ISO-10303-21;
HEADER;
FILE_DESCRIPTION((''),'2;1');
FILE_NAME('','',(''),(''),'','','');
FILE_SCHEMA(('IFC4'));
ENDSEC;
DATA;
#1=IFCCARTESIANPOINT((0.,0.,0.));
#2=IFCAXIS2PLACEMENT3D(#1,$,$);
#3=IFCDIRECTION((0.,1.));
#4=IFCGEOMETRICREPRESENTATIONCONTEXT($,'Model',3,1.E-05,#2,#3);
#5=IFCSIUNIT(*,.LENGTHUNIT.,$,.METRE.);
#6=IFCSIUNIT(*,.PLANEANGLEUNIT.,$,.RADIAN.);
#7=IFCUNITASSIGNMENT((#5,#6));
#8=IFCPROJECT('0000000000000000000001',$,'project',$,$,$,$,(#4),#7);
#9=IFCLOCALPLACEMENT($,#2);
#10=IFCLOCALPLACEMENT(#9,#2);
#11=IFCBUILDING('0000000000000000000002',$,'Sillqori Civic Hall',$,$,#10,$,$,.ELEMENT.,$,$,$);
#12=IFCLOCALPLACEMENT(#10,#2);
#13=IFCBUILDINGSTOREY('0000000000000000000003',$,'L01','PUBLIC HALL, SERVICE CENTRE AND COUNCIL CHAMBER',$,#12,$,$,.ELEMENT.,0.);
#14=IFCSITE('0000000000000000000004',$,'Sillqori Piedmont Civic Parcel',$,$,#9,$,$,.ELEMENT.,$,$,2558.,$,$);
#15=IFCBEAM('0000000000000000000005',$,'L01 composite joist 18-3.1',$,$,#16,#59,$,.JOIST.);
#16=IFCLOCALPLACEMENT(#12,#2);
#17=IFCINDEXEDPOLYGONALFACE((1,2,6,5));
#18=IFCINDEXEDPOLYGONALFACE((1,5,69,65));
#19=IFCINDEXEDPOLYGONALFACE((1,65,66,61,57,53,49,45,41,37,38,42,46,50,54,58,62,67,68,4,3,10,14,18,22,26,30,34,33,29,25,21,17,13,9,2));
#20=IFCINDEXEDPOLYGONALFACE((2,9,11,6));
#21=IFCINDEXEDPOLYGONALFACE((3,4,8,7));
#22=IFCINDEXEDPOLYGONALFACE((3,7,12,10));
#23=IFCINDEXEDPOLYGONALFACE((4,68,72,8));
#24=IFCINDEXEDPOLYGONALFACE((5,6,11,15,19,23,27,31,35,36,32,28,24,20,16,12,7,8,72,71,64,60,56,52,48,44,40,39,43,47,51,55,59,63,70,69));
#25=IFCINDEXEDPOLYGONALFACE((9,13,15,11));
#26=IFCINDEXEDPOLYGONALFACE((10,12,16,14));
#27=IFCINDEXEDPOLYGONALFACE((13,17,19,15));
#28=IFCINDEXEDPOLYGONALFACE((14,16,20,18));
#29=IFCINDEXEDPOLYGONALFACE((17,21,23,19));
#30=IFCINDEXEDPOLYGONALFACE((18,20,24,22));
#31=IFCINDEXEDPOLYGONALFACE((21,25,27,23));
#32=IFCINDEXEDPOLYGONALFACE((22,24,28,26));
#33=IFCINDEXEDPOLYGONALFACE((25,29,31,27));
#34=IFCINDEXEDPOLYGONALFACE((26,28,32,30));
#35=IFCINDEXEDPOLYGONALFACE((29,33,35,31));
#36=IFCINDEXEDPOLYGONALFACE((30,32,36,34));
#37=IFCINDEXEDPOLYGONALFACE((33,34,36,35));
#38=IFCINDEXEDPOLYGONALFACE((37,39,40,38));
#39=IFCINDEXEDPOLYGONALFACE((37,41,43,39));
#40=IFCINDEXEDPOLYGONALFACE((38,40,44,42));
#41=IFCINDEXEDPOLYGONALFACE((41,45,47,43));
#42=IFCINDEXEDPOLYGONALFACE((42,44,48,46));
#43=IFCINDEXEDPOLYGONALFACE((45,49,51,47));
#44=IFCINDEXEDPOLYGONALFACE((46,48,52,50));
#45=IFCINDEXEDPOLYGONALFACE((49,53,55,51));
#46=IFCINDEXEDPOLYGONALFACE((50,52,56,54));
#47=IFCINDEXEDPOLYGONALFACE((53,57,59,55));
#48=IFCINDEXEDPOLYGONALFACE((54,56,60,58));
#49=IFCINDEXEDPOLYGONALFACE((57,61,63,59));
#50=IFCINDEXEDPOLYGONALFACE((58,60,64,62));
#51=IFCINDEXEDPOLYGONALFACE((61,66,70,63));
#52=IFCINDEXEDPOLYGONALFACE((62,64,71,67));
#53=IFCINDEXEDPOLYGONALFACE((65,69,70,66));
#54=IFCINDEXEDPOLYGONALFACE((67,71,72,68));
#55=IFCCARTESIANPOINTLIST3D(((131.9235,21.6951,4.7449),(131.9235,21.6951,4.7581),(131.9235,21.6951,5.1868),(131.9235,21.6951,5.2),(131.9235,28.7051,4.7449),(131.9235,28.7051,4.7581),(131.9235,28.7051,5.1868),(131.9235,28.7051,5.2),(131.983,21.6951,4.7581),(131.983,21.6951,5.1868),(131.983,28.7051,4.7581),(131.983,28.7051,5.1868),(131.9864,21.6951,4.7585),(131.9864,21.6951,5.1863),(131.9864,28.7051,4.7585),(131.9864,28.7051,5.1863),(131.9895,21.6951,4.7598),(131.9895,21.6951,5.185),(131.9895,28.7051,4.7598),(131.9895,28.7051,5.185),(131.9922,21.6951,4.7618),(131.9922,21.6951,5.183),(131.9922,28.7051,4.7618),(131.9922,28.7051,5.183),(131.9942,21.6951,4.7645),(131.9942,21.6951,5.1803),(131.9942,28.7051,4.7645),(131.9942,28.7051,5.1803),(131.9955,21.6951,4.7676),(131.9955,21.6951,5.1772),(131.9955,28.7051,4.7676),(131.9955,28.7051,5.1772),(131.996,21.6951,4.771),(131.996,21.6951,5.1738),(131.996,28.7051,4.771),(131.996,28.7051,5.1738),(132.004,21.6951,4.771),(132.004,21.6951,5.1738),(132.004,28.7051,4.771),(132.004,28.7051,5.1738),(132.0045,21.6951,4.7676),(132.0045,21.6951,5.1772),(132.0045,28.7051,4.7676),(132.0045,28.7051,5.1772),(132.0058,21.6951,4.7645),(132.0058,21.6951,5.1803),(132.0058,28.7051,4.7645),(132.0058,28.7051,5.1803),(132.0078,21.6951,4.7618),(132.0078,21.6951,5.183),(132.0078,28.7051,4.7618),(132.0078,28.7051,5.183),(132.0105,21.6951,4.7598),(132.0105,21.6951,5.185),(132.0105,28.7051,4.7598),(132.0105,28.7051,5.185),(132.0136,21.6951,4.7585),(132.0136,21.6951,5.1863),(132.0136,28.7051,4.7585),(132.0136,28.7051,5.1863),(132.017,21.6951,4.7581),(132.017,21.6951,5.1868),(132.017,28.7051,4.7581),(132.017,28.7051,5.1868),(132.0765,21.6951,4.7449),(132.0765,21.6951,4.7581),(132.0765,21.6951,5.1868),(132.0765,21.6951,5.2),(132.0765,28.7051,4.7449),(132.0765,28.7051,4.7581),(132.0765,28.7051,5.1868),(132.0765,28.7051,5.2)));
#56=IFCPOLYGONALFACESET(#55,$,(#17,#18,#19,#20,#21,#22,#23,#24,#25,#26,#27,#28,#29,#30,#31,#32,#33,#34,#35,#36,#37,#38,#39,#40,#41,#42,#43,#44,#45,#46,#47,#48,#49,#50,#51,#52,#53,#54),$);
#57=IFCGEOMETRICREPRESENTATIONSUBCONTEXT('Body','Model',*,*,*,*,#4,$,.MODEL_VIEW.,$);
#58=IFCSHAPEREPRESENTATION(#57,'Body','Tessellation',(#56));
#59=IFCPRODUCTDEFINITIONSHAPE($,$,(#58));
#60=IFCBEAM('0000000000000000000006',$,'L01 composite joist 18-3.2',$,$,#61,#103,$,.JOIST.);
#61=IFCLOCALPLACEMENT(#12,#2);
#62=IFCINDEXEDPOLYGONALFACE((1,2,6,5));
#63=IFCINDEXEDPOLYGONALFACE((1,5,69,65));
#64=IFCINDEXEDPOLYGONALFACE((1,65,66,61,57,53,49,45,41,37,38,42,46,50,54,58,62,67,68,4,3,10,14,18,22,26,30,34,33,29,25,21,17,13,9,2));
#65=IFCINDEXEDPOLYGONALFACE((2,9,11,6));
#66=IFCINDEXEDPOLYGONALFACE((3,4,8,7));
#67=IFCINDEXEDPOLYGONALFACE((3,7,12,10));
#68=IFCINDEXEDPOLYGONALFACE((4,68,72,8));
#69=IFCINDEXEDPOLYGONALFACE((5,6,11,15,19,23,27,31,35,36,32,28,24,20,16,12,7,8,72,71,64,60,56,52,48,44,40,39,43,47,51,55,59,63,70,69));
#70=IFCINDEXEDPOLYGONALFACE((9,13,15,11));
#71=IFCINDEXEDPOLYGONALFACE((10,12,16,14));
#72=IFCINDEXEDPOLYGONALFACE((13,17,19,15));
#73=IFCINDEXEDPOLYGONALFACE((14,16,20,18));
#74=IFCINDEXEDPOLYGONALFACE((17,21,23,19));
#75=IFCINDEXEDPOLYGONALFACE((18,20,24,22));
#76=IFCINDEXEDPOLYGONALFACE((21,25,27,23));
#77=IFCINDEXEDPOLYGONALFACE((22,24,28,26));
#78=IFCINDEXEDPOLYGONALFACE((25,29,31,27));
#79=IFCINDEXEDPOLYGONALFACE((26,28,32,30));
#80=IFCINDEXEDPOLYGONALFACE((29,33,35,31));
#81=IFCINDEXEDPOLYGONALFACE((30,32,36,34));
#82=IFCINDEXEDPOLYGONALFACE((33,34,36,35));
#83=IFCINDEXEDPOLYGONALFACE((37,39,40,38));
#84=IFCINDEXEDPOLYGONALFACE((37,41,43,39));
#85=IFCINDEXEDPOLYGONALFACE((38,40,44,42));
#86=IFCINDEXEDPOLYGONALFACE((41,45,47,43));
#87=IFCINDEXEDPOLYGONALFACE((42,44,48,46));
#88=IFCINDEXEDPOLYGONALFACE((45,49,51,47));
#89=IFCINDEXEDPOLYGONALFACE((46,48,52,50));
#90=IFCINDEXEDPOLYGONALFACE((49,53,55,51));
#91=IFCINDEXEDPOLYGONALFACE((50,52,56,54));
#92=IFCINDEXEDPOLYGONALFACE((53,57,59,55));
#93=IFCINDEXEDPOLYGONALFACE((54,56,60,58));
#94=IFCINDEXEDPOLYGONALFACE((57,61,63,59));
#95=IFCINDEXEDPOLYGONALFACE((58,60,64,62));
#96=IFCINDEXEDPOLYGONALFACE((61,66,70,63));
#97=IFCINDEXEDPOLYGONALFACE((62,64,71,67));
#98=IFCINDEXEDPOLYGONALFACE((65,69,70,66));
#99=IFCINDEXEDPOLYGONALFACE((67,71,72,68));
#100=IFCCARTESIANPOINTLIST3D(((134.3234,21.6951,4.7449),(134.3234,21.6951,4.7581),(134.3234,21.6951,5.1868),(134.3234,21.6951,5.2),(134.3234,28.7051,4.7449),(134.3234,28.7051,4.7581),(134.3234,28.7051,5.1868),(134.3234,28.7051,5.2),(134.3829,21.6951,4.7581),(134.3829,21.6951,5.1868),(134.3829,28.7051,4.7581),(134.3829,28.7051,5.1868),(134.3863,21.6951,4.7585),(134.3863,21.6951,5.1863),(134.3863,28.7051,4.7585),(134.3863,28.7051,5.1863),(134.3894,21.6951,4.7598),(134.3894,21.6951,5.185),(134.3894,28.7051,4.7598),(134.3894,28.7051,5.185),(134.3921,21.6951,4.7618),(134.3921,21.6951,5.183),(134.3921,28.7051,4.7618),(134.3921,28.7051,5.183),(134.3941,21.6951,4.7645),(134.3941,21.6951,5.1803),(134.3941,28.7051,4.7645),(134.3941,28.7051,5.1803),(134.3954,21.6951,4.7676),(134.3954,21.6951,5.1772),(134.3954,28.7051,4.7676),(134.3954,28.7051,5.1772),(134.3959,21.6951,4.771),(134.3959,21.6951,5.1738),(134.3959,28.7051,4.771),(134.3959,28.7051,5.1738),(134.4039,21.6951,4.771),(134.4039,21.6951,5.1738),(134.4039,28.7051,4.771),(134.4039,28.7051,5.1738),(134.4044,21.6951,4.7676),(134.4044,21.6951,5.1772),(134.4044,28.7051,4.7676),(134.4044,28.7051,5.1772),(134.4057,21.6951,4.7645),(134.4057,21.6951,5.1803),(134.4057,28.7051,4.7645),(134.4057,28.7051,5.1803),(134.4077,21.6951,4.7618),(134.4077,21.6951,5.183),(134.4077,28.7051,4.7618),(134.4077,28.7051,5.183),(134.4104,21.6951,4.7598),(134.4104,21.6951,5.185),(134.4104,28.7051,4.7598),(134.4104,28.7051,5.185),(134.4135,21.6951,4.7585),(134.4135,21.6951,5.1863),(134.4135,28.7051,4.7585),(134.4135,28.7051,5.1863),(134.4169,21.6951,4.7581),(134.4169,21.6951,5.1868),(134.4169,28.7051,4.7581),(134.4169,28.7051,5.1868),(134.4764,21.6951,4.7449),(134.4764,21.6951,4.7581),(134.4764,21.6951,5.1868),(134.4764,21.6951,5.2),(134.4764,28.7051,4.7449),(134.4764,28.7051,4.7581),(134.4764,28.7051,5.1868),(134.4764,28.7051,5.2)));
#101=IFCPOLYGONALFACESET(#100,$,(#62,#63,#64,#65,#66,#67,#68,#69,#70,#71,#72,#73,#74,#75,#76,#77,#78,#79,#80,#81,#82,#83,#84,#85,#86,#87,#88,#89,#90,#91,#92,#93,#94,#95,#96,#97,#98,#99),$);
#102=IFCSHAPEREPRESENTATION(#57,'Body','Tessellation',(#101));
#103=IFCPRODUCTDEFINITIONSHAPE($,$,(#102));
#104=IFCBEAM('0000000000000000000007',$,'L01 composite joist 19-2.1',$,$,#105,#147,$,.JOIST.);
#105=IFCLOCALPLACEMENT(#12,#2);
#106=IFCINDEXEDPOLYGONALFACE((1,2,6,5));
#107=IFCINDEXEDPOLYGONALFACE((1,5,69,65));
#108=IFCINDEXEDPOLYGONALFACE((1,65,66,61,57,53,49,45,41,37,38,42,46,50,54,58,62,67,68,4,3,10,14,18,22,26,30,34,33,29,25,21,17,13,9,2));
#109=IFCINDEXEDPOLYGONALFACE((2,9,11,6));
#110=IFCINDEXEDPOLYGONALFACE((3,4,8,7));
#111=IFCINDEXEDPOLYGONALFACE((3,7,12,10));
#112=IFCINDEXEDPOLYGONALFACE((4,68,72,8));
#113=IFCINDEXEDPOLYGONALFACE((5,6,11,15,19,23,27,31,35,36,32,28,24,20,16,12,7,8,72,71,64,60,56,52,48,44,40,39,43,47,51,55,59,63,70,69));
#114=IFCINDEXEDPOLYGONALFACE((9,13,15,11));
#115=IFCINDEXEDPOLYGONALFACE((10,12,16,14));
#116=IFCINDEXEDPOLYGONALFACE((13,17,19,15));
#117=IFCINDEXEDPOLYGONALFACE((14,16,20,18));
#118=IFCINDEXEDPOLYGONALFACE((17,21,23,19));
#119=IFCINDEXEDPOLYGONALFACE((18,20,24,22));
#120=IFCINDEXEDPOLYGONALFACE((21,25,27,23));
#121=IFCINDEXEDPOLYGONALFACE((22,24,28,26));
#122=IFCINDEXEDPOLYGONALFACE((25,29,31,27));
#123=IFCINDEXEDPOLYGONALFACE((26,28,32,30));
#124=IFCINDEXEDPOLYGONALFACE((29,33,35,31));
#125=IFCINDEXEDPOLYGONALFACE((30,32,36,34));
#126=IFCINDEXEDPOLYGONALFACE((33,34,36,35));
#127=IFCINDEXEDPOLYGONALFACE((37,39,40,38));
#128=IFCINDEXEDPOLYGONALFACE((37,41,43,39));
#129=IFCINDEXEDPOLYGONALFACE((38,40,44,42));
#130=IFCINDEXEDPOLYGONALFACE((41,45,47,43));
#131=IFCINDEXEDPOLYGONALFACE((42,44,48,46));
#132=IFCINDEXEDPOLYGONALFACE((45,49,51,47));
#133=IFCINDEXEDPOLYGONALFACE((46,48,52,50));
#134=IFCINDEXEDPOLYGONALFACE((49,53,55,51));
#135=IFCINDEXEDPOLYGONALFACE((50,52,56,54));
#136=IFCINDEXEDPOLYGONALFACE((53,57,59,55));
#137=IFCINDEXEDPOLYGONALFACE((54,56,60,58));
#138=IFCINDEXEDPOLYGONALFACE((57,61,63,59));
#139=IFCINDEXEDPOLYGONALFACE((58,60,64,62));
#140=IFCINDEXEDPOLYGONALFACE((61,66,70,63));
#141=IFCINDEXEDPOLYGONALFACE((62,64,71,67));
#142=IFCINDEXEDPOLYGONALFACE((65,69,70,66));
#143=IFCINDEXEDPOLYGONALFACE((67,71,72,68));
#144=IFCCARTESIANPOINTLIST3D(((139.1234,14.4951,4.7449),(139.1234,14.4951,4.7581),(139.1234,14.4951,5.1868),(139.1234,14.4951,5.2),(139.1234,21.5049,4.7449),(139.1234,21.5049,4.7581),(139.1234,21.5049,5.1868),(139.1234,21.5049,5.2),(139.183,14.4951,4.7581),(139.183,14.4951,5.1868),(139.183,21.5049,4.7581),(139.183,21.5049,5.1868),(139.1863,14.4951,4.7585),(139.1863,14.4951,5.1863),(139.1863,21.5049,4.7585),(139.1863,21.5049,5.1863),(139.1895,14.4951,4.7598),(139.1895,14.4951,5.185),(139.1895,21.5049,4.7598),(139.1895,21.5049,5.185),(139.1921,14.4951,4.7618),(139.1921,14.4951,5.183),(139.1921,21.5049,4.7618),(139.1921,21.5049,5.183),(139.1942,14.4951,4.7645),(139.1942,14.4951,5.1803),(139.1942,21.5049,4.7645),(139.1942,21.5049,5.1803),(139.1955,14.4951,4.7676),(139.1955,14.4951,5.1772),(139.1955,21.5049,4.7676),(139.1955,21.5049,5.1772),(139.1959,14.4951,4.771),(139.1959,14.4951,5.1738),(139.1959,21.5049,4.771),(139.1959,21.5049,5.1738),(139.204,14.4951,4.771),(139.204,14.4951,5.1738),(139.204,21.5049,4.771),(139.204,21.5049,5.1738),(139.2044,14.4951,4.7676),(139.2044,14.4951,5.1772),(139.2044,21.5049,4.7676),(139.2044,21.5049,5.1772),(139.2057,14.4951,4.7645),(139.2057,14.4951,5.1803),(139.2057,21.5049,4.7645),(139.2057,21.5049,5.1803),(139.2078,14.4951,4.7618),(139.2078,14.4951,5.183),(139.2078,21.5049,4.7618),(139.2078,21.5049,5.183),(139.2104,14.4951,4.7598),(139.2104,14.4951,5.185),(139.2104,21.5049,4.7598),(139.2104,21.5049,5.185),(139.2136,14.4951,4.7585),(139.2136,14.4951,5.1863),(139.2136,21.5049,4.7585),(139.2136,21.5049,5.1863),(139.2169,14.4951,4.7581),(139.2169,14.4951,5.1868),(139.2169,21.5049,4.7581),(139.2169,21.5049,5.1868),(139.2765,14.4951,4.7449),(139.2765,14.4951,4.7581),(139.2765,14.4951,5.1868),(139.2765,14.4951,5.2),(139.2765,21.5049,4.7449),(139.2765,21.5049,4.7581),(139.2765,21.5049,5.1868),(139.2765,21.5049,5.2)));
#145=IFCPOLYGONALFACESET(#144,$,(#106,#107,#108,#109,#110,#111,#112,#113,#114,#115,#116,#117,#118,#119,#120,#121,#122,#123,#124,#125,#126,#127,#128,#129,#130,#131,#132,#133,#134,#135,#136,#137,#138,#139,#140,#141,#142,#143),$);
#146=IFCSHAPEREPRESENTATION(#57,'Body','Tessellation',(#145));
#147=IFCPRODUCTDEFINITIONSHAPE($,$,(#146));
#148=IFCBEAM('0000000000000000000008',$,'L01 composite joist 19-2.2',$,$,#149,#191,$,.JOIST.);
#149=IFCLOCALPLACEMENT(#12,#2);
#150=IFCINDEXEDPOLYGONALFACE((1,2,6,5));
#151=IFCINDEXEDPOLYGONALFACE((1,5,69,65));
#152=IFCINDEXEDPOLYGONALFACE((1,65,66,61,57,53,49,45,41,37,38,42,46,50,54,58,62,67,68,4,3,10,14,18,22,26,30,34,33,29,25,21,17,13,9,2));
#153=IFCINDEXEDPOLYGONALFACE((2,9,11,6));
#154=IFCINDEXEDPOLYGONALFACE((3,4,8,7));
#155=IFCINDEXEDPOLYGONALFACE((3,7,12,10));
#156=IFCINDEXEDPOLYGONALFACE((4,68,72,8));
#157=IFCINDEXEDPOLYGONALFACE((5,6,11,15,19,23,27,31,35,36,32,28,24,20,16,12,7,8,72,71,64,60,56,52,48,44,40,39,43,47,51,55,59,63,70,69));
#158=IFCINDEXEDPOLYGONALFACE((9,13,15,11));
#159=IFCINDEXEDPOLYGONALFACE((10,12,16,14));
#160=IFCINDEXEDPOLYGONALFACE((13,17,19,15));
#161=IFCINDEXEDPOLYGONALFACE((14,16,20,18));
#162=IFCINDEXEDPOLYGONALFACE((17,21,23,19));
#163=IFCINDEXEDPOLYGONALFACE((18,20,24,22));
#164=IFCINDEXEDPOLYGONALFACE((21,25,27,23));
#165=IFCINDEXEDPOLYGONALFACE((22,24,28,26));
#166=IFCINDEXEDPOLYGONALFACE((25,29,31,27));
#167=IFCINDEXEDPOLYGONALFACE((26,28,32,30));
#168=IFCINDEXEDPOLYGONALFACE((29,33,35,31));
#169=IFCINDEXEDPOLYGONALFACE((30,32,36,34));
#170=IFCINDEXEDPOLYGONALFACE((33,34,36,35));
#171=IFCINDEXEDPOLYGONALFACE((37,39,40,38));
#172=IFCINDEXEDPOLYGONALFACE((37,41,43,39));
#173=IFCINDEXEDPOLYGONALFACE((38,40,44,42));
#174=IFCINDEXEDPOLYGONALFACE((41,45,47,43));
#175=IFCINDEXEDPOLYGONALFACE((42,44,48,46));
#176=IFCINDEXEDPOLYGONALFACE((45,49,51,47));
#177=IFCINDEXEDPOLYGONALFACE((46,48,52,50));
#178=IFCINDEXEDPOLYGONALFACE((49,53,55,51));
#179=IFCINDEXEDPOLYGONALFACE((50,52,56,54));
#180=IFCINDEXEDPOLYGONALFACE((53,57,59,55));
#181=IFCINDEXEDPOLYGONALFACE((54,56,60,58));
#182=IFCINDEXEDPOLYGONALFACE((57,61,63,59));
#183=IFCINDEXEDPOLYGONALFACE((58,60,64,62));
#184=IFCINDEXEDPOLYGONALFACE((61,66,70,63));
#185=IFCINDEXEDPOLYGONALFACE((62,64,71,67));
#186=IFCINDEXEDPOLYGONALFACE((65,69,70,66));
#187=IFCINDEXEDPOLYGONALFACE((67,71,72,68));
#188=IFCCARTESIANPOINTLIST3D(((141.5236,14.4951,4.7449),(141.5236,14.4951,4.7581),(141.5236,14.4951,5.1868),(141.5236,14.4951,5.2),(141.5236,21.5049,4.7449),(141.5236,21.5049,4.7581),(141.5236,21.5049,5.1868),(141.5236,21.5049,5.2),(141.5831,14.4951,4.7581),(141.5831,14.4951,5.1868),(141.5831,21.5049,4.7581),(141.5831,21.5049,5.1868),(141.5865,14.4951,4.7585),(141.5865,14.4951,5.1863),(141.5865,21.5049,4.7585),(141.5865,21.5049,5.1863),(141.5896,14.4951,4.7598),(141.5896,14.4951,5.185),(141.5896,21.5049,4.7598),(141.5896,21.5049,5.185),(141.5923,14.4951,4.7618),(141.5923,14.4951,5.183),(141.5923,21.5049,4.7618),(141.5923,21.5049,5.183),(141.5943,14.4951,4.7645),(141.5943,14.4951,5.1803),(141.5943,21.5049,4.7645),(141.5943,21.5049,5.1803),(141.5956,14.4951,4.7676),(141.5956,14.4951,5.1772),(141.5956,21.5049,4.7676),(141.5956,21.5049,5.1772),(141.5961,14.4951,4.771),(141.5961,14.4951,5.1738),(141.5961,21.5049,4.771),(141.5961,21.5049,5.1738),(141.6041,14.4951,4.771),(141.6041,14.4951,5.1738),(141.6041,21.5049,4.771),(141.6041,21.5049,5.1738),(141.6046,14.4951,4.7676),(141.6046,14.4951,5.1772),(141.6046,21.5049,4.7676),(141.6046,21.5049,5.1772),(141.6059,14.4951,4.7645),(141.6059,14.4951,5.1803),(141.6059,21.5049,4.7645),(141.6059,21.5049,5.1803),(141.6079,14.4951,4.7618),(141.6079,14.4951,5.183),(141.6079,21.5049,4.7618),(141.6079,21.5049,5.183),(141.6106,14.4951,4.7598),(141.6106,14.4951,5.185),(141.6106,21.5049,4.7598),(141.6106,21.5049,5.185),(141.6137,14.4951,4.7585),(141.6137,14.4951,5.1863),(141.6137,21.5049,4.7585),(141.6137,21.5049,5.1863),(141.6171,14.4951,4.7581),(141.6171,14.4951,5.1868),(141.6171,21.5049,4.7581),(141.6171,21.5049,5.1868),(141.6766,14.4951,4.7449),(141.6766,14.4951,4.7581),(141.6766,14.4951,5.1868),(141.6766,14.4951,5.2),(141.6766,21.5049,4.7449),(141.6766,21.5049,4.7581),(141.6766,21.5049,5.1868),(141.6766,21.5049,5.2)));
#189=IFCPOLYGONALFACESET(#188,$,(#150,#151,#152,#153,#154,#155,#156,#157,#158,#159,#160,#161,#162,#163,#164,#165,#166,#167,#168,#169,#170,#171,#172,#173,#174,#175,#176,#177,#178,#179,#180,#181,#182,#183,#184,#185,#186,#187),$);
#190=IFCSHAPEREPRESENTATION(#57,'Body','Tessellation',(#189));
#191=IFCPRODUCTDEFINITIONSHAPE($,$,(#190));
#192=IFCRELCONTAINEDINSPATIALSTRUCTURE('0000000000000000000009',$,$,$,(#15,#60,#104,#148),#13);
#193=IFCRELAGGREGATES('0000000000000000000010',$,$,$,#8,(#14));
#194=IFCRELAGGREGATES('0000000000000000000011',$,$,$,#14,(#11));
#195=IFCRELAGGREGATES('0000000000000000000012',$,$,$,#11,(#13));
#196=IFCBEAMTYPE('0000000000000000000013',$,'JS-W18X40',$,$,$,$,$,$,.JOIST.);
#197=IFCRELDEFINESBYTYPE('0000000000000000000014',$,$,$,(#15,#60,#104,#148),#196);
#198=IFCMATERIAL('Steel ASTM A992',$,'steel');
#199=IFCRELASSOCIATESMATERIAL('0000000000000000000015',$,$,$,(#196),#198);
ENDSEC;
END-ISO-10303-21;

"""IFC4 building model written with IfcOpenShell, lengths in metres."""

from ifc_helpers import new_model, si_unit, direction, frame, origin, origin_2d, place, context, subcontext, project, spatial, i_section, extrude, material, material_profile, profile_set, type_object, element, save


model = new_model("IFC4")

# Units and contexts
model_context = context("Model", 3, precision=1e-05, world=origin(), true_north=direction((0.0, 1.0)))
body_context = subcontext(model_context, "Body", "Model", "MODEL_VIEW")
ifc_project = project(units=[si_unit("LENGTHUNIT", "METRE"), si_unit("PLANEANGLEUNIT", "RADIAN")], contexts=[model_context])

# Site, building, storey
site_placement = place(None, origin())
site = spatial("IfcSite", under=ifc_project, at=site_placement, Name="Sillqori Piedmont Civic Parcel", CompositionType="ELEMENT", RefElevation=2558.0)
building_placement = place(site_placement, origin())
building = spatial("IfcBuilding", under=site, at=building_placement, Name="Sillqori Civic Hall", CompositionType="ELEMENT")
storey_placement = place(building_placement, origin())
storey = spatial("IfcBuildingStorey", under=building, at=storey_placement, Name="L01", Description="PUBLIC HALL, SERVICE CENTRE AND COUNCIL CHAMBER", CompositionType="ELEMENT", Elevation=0.0)

# Shared definitions
ifc_material_1 = material(Name="Steel ASTM A992", Category="steel")

# Beams
ifc_material_profile_1 = material_profile(ifc_material_1, i_section(OverallWidth=0.1531, OverallDepth=0.4551, WebThickness=0.0081, FlangeThickness=0.0132, FilletRadius=0.0129, at=origin_2d()), Name="W18X40")
ifc_profile_set_1 = profile_set([ifc_material_profile_1], Name="Steel ASTM A992")
beam_type_1 = type_object("IfcBeamType", Name="JS-W18X40", PredefinedType="JOIST", material=ifc_profile_set_1)
for number, where, z_axis, x_axis, name in (
    (1, (132.0, 21.6951, 4.9724), (0.0, 1.0, 0.0), (-1.0, 0.0, 0.0), "L01 composite joist 18-3.1"),
    (2, (134.3999, 21.6951, 4.9724), (0.0, 1.0, 0.0), (-1.0, 0.0, 0.0), "L01 composite joist 18-3.2"),
):
    element("IfcBeam", number, at=place(storey_placement, frame(where, z_axis=z_axis, x_axis=x_axis)), inside=storey, type_object=beam_type_1, Name=name, PredefinedType="JOIST", context=body_context, shape_type="SweptSolid", body=[
        extrude(i_section(OverallWidth=0.1531, OverallDepth=0.4551, WebThickness=0.0081, FlangeThickness=0.0132, FilletRadius=0.0129, at=origin_2d()), origin(), (0.0, 0.0, 1.0), 7.01),
    ])
for number, where, z_axis, x_axis, name in (
    (3, (139.2, 14.4951, 4.9724), (0.0, 1.0, 0.0), (-1.0, 0.0, 0.0), "L01 composite joist 19-2.1"),
    (4, (141.6001, 14.4951, 4.9724), (0.0, 1.0, 0.0), (-1.0, 0.0, 0.0), "L01 composite joist 19-2.2"),
):
    element("IfcBeam", number, at=place(storey_placement, frame(where, z_axis=z_axis, x_axis=x_axis)), inside=storey, type_object=beam_type_1, Name=name, PredefinedType="JOIST", context=body_context, shape_type="SweptSolid", body=[
        extrude(i_section(OverallWidth=0.1531, OverallDepth=0.4551, WebThickness=0.0081, FlangeThickness=0.0132, FilletRadius=0.0129, at=origin_2d()), origin(), (0.0, 0.0, 1.0), 7.0098),
    ])

save(model, "model.ifc")
